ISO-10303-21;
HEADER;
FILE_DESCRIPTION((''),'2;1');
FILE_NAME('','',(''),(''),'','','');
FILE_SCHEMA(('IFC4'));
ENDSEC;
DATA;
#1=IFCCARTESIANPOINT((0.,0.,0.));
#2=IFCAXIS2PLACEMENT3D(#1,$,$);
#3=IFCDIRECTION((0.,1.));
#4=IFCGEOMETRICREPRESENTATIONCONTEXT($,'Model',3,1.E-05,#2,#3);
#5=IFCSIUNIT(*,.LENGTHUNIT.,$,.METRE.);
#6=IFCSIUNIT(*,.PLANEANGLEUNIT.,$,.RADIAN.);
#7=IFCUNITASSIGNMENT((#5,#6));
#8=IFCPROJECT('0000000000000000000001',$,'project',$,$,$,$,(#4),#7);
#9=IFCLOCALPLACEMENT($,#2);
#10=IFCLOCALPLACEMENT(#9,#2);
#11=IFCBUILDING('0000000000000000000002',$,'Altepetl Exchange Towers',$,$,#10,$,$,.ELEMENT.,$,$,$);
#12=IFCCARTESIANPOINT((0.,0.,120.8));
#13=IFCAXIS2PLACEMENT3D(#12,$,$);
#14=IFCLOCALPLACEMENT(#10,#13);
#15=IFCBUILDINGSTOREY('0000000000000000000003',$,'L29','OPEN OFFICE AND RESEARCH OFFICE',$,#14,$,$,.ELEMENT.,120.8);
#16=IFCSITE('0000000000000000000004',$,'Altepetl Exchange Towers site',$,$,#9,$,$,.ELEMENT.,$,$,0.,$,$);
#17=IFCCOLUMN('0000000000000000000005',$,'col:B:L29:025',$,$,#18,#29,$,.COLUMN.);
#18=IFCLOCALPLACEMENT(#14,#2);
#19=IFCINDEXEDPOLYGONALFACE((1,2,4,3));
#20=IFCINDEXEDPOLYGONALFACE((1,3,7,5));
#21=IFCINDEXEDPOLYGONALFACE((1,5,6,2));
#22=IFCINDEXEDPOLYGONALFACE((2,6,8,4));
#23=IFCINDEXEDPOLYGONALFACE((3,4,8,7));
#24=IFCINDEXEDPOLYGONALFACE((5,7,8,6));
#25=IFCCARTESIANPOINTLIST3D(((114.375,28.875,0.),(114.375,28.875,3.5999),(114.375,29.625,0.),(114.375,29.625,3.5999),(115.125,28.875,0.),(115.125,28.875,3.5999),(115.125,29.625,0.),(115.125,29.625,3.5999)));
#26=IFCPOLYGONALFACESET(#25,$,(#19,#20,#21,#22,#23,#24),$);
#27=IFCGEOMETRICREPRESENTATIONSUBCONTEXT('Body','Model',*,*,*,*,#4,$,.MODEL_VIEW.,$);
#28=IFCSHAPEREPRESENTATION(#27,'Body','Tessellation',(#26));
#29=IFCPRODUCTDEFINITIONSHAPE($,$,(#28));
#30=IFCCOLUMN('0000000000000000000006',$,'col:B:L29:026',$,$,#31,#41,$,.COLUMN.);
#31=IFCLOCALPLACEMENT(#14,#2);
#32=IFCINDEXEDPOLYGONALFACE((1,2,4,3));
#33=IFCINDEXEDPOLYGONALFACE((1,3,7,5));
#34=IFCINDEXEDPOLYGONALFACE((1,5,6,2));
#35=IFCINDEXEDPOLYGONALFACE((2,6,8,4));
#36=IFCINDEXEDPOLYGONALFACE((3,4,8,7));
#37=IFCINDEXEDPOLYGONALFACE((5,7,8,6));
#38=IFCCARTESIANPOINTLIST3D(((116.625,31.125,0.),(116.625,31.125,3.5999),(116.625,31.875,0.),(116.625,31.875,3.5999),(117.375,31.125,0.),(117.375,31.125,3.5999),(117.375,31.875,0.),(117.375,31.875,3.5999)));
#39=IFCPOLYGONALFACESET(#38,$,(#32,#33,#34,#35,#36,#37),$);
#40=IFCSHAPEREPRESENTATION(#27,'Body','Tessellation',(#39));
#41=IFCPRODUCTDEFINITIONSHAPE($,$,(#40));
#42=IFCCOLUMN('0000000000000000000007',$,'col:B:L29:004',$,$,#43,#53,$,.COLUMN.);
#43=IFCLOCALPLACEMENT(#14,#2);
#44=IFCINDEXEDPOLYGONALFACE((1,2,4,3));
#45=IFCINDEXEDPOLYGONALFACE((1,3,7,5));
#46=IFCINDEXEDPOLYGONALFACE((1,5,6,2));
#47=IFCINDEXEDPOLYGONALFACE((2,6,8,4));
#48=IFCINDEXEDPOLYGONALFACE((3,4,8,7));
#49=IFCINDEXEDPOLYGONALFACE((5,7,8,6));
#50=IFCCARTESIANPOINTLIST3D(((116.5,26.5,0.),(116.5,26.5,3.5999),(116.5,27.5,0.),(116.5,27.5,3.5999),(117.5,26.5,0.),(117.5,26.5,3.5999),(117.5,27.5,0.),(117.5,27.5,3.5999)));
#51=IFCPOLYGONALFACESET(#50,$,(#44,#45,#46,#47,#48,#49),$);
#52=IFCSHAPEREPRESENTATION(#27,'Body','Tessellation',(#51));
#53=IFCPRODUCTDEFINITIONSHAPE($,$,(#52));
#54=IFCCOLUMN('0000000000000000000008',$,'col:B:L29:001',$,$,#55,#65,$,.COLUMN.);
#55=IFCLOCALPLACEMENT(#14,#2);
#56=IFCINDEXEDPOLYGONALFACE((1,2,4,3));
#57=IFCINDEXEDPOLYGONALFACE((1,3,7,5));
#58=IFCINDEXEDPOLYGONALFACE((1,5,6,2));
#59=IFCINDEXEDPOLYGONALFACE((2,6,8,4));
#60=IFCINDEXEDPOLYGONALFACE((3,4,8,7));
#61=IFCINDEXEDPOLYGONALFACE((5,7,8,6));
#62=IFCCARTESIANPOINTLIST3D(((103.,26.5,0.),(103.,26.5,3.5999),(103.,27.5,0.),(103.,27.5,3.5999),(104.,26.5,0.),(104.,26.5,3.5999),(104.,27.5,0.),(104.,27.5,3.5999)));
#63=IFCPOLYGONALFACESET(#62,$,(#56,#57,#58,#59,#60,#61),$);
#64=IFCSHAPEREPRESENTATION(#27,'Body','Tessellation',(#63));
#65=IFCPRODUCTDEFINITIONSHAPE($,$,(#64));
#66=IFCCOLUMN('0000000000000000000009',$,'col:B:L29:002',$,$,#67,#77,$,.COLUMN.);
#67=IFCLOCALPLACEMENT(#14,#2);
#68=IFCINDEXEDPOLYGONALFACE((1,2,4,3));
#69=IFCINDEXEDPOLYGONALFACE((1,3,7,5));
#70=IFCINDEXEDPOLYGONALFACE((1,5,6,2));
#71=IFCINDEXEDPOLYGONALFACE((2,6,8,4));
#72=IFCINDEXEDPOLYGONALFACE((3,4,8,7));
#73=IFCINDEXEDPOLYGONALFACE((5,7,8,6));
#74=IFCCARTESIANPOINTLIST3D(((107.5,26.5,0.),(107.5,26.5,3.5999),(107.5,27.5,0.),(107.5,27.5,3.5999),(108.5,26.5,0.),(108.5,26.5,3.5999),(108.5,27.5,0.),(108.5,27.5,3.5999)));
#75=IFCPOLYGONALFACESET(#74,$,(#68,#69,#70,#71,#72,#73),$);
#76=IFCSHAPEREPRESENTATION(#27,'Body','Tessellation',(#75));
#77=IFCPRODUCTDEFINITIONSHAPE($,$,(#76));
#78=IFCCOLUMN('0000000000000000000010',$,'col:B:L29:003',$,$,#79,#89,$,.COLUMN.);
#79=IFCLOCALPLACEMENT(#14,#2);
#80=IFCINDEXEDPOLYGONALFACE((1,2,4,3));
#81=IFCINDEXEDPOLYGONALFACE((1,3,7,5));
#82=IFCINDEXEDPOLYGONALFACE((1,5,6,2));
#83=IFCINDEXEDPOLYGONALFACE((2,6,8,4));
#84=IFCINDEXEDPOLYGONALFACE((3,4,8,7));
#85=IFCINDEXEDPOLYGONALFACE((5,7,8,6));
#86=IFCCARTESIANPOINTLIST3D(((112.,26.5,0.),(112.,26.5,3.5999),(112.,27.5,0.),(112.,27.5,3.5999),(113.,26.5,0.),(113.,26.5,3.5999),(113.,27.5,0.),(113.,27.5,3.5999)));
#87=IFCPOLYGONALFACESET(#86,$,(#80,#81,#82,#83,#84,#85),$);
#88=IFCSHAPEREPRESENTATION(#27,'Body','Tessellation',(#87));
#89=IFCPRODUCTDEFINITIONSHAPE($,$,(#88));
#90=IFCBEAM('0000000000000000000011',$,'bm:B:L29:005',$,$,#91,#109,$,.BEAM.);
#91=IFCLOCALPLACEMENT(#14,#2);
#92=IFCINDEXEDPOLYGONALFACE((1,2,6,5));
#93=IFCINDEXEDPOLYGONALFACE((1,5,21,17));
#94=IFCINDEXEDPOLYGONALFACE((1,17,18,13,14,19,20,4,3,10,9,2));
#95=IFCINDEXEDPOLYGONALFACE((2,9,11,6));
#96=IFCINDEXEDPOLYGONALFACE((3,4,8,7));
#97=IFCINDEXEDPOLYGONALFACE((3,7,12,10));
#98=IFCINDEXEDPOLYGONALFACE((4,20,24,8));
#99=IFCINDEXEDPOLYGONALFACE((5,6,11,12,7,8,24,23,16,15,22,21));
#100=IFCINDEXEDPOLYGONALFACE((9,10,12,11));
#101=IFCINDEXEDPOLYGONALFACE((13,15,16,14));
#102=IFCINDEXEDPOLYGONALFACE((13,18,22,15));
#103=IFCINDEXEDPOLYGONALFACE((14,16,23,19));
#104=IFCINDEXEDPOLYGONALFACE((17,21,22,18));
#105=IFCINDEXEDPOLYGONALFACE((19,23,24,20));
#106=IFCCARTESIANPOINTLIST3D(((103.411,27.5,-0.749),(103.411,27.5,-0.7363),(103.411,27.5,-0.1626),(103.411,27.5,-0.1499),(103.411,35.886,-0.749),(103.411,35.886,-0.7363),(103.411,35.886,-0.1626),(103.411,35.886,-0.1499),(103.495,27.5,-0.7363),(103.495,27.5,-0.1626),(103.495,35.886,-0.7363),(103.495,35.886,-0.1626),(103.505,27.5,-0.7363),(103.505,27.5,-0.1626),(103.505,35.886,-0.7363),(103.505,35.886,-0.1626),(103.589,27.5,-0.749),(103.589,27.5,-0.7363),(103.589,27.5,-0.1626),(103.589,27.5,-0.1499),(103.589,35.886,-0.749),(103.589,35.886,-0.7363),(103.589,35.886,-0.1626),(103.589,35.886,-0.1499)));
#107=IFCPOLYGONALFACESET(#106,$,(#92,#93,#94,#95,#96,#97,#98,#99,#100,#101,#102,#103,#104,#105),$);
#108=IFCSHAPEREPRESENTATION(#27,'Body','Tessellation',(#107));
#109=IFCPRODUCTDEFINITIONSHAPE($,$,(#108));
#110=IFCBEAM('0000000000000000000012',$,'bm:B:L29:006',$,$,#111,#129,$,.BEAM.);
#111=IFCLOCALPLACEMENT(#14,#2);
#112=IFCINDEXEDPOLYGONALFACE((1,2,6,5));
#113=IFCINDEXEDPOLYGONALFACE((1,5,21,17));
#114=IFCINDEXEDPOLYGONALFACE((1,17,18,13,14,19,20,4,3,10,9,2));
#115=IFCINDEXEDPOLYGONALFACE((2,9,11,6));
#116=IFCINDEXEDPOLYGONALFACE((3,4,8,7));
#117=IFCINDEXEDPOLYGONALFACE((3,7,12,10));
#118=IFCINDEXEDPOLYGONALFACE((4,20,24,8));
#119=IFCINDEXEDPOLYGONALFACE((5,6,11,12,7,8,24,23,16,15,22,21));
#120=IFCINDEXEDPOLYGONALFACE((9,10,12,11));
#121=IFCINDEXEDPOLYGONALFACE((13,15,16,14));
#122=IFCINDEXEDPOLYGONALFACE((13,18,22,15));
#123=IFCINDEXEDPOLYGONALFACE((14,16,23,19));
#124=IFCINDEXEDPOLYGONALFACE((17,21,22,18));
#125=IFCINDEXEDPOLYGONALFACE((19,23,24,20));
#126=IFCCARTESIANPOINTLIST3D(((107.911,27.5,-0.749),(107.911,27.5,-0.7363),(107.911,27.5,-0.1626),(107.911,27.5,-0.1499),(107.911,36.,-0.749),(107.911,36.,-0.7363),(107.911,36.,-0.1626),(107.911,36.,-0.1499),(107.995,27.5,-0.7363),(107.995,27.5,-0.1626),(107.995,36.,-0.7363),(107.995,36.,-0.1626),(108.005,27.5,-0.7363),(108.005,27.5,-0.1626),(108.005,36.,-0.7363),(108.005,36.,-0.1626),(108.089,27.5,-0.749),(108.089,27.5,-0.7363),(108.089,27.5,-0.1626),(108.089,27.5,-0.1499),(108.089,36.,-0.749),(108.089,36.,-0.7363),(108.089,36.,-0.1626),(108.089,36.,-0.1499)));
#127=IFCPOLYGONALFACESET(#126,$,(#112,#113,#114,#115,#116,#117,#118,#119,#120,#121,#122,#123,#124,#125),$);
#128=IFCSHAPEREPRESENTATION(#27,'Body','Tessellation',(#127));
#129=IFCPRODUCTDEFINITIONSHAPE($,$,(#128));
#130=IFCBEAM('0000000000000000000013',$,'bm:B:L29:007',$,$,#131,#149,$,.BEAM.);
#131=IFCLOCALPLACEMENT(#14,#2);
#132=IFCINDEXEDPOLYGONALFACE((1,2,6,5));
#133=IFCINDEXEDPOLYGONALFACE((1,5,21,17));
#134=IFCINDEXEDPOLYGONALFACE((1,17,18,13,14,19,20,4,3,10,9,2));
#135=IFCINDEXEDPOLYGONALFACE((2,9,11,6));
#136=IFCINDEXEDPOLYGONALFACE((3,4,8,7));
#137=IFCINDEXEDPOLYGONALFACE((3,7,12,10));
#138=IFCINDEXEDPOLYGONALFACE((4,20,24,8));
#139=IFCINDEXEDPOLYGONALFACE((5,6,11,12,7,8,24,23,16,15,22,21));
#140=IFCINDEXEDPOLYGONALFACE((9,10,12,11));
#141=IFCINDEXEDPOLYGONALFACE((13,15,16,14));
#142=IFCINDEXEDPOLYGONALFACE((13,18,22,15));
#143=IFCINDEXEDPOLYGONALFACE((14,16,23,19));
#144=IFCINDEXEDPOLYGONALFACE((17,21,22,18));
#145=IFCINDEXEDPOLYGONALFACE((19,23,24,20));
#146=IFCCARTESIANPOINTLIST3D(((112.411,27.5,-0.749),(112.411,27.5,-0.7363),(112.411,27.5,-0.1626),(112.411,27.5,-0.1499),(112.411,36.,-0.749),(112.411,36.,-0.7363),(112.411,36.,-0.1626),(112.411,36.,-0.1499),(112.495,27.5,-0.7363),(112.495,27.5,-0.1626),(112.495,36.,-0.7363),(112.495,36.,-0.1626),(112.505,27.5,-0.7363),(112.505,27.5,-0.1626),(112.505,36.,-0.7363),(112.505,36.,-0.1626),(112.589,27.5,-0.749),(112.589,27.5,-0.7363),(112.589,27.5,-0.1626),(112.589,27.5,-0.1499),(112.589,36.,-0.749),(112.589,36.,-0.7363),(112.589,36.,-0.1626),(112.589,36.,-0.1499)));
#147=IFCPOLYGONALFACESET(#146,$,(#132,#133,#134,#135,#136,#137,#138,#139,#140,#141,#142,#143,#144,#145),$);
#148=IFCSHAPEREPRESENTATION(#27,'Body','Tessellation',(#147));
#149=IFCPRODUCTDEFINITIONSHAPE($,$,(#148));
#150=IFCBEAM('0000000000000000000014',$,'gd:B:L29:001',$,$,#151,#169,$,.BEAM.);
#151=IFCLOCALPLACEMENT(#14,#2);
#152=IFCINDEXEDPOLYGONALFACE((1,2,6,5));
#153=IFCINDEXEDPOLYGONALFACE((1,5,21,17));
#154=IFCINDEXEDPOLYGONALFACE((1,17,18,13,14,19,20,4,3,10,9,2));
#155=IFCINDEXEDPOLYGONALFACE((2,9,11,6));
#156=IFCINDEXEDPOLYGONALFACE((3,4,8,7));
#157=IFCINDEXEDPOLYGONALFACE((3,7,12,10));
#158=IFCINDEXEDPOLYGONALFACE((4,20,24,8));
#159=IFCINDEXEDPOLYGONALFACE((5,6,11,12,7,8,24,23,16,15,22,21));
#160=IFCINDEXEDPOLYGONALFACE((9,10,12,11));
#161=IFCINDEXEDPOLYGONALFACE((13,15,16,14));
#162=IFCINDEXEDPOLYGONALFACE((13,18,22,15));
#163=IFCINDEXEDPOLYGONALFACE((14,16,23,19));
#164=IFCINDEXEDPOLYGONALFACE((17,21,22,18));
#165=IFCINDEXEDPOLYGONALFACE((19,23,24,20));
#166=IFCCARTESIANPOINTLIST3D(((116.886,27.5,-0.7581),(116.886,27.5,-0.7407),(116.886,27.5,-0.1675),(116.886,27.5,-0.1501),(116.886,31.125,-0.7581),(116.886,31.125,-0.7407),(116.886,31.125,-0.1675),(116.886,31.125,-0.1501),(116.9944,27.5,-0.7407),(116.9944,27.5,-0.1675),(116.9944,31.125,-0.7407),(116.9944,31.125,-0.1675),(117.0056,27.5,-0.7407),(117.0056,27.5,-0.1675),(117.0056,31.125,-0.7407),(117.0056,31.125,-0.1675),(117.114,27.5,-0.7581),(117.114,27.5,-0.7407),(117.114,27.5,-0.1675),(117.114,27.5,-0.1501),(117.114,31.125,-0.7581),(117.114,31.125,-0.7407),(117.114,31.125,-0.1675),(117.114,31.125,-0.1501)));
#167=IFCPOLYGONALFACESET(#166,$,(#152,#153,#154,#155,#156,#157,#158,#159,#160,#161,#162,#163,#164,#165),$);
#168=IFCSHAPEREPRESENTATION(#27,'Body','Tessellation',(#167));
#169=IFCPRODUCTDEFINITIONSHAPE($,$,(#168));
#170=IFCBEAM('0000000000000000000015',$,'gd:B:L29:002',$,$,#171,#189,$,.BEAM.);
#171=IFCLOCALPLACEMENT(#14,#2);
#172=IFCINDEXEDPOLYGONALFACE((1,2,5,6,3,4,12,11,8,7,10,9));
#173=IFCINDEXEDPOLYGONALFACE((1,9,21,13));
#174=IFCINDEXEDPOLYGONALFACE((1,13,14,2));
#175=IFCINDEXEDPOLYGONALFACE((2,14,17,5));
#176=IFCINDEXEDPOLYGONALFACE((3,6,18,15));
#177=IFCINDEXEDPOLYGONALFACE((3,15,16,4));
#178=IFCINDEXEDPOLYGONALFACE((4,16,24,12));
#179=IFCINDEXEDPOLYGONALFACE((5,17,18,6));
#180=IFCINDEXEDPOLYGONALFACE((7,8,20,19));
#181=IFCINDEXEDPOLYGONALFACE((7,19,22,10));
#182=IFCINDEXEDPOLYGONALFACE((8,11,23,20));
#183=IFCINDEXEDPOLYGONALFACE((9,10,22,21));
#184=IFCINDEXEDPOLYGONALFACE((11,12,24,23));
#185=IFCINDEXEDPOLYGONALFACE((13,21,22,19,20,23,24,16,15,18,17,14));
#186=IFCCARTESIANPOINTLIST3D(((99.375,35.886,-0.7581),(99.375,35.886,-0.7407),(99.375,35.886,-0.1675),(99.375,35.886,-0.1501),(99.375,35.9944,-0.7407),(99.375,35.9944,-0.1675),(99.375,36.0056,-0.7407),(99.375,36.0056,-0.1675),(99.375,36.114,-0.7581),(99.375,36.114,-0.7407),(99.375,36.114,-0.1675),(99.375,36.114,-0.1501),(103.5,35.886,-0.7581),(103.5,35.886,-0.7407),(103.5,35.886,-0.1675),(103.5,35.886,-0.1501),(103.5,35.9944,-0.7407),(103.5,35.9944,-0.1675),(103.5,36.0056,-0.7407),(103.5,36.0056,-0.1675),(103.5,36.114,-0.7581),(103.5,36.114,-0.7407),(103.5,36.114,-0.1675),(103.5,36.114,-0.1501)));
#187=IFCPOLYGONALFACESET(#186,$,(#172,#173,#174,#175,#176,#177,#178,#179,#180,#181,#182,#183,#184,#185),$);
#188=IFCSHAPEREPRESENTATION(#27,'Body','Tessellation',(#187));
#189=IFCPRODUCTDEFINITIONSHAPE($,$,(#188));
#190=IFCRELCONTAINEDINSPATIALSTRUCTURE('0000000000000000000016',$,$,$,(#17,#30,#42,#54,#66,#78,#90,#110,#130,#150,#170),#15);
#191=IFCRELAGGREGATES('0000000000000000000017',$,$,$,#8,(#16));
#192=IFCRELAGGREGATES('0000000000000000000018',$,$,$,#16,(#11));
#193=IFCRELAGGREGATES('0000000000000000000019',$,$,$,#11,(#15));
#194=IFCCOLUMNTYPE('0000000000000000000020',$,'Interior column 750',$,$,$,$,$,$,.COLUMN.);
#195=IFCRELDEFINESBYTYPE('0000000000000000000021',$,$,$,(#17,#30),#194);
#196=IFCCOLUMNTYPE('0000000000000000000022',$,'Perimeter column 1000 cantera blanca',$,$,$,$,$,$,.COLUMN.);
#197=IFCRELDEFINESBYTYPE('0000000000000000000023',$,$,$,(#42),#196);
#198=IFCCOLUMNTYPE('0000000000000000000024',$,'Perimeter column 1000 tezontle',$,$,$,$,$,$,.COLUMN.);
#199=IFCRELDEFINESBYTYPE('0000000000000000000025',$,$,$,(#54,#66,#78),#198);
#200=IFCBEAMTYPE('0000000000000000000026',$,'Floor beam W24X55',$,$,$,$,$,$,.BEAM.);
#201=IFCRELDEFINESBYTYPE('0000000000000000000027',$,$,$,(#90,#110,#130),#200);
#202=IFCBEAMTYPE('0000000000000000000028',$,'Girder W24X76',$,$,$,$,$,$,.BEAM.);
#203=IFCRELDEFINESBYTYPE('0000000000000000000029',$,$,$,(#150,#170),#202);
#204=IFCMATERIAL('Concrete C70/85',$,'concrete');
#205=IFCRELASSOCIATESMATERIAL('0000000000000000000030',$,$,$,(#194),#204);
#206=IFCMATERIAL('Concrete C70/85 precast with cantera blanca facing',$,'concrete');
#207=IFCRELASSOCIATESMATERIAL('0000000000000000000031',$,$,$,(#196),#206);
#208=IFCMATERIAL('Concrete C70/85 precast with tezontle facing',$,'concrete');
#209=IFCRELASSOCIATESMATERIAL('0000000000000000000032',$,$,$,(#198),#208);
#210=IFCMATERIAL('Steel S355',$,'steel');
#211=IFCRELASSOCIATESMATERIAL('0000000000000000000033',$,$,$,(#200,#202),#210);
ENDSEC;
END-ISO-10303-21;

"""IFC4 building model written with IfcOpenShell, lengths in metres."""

from ifc_helpers import new_model, si_unit, direction, frame, origin, origin_2d, place, context, subcontext, project, spatial, rectangle, i_section, extrude, material, material_profile, profile_set, type_object, element, save


model = new_model("IFC4")

# Units and contexts
model_context = context("Model", 3, precision=1e-05, world=origin(), true_north=direction((0.0, 1.0)))
body_context = subcontext(model_context, "Body", "Model", "MODEL_VIEW")
ifc_project = project(units=[si_unit("LENGTHUNIT", "METRE"), si_unit("PLANEANGLEUNIT", "RADIAN")], contexts=[model_context])

# Site, building, storey
site_placement = place(None, origin())
site = spatial("IfcSite", under=ifc_project, at=site_placement, Name="Altepetl Exchange Towers site", CompositionType="ELEMENT", RefElevation=0.0)
building_placement = place(site_placement, origin())
building = spatial("IfcBuilding", under=site, at=building_placement, Name="Altepetl Exchange Towers", CompositionType="ELEMENT")
storey_placement = place(building_placement, frame((0.0, 0.0, 120.8)))
storey = spatial("IfcBuildingStorey", under=building, at=storey_placement, Name="L29", Description="OPEN OFFICE AND RESEARCH OFFICE", CompositionType="ELEMENT", Elevation=120.8)

# Columns
ifc_material_1 = material(Name="Concrete C70/85", Category="concrete")
ifc_material_profile_1 = material_profile(ifc_material_1, rectangle(XDim=0.75, YDim=0.75, at=origin_2d()), Name="750 x 750")
ifc_profile_set_1 = profile_set([ifc_material_profile_1], Name="Concrete C70/85")
column_type_1 = type_object("IfcColumnType", Name="Interior column 750", PredefinedType="COLUMN", material=ifc_profile_set_1)
for number, where, name in (
    (1, (114.75, 29.25, 0.0), "col:B:L29:025"),
    (2, (117.0, 31.5, 0.0), "col:B:L29:026"),
):
    element("IfcColumn", number, at=place(storey_placement, frame(where)), inside=storey, type_object=column_type_1, Name=name, PredefinedType="COLUMN", context=body_context, shape_type="SweptSolid", body=[
        extrude(rectangle(XDim=0.75, YDim=0.75, at=origin_2d()), origin(), (0.0, 0.0, 1.0), 3.5999),
    ])
ifc_material_2 = material(Name="Concrete C70/85 precast with cantera blanca facing", Category="concrete")
ifc_material_profile_2 = material_profile(ifc_material_2, rectangle(XDim=1.0, YDim=1.0, at=origin_2d()), Name="1000 x 1000")
ifc_profile_set_2 = profile_set([ifc_material_profile_2], Name="Concrete C70/85 precast with cantera blanca facing")
column_type_2 = type_object("IfcColumnType", Name="Perimeter column 1000 cantera blanca", PredefinedType="COLUMN", material=ifc_profile_set_2)
column_placement = place(storey_placement, frame((117.0, 27.0, 0.0)))
element("IfcColumn", 3, at=column_placement, inside=storey, type_object=column_type_2, Name="col:B:L29:004", PredefinedType="COLUMN", context=body_context, shape_type="SweptSolid", body=[
    extrude(rectangle(XDim=1.0, YDim=1.0, at=origin_2d()), origin(), (0.0, 0.0, 1.0), 3.5999),
])
ifc_material_3 = material(Name="Concrete C70/85 precast with tezontle facing", Category="concrete")
ifc_material_profile_3 = material_profile(ifc_material_3, rectangle(XDim=1.0, YDim=1.0, at=origin_2d()), Name="1000 x 1000")
ifc_profile_set_3 = profile_set([ifc_material_profile_3], Name="Concrete C70/85 precast with tezontle facing")
column_type_3 = type_object("IfcColumnType", Name="Perimeter column 1000 tezontle", PredefinedType="COLUMN", material=ifc_profile_set_3)
for number, where, name in (
    (4, (103.5, 27.0, 0.0), "col:B:L29:001"),
    (5, (108.0, 27.0, 0.0), "col:B:L29:002"),
    (6, (112.5, 27.0, 0.0), "col:B:L29:003"),
):
    element("IfcColumn", number, at=place(storey_placement, frame(where)), inside=storey, type_object=column_type_3, Name=name, PredefinedType="COLUMN", context=body_context, shape_type="SweptSolid", body=[
        extrude(rectangle(XDim=1.0, YDim=1.0, at=origin_2d()), origin(), (0.0, 0.0, 1.0), 3.5999),
    ])

# Beams
ifc_material_4 = material(Name="Steel S355", Category="steel")
ifc_material_profile_4 = material_profile(ifc_material_4, i_section(OverallWidth=0.178, OverallDepth=0.5991, WebThickness=0.01, FlangeThickness=0.0127, at=origin_2d()), Name="W24X55")
ifc_profile_set_4 = profile_set([ifc_material_profile_4], Name="Steel S355")
beam_type_1 = type_object("IfcBeamType", Name="Floor beam W24X55", PredefinedType="BEAM", material=ifc_profile_set_4)
beam_1_placement = place(storey_placement, frame((103.5, 27.5, -0.4495), z_axis=(0.0, 1.0, 0.0), x_axis=(-1.0, 0.0, 0.0)))
element("IfcBeam", 7, at=beam_1_placement, inside=storey, type_object=beam_type_1, Name="bm:B:L29:005", PredefinedType="BEAM", context=body_context, shape_type="SweptSolid", body=[
    extrude(i_section(OverallWidth=0.178, OverallDepth=0.5991, WebThickness=0.01, FlangeThickness=0.0127, at=origin_2d()), origin(), (0.0, 0.0, 1.0), 8.386),
])
for number, where, z_axis, x_axis, name in (
    (8, (108.0, 27.5, -0.4495), (0.0, 1.0, 0.0), (-1.0, 0.0, 0.0), "bm:B:L29:006"),
    (9, (112.5, 27.5, -0.4495), (0.0, 1.0, 0.0), (-1.0, 0.0, 0.0), "bm:B:L29:007"),
):
    element("IfcBeam", number, at=place(storey_placement, frame(where, z_axis=z_axis, x_axis=x_axis)), inside=storey, type_object=beam_type_1, Name=name, PredefinedType="BEAM", context=body_context, shape_type="SweptSolid", body=[
        extrude(i_section(OverallWidth=0.178, OverallDepth=0.5991, WebThickness=0.01, FlangeThickness=0.0127, at=origin_2d()), origin(), (0.0, 0.0, 1.0), 8.5),
    ])
ifc_material_profile_5 = material_profile(ifc_material_4, i_section(OverallWidth=0.228, OverallDepth=0.6079, WebThickness=0.0112, FlangeThickness=0.0173, at=origin_2d()), Name="W24X76")
ifc_profile_set_5 = profile_set([ifc_material_profile_5], Name="Steel S355")
beam_type_2 = type_object("IfcBeamType", Name="Girder W24X76", PredefinedType="BEAM", material=ifc_profile_set_5)
beam_2_placement = place(storey_placement, frame((117.0, 31.125, -0.4541), z_axis=(0.0, -1.0, 0.0), x_axis=(1.0, 0.0, 0.0)))
element("IfcBeam", 10, at=beam_2_placement, inside=storey, type_object=beam_type_2, Name="gd:B:L29:001", PredefinedType="BEAM", context=body_context, shape_type="SweptSolid", body=[
    extrude(i_section(OverallWidth=0.228, OverallDepth=0.6079, WebThickness=0.0112, FlangeThickness=0.0173, at=origin_2d()), origin(), (0.0, 0.0, 1.0), 3.625),
])
beam_3_placement = place(storey_placement, frame((103.5, 36.0, -0.4541), z_axis=(-1.0, 0.0, 0.0), x_axis=(0.0, -1.0, 0.0)))
element("IfcBeam", 11, at=beam_3_placement, inside=storey, type_object=beam_type_2, Name="gd:B:L29:002", PredefinedType="BEAM", context=body_context, shape_type="SweptSolid", body=[
    extrude(i_section(OverallWidth=0.228, OverallDepth=0.6079, WebThickness=0.0112, FlangeThickness=0.0173, at=origin_2d()), origin(), (0.0, 0.0, 1.0), 4.125),
])

save(model, "model.ifc")
